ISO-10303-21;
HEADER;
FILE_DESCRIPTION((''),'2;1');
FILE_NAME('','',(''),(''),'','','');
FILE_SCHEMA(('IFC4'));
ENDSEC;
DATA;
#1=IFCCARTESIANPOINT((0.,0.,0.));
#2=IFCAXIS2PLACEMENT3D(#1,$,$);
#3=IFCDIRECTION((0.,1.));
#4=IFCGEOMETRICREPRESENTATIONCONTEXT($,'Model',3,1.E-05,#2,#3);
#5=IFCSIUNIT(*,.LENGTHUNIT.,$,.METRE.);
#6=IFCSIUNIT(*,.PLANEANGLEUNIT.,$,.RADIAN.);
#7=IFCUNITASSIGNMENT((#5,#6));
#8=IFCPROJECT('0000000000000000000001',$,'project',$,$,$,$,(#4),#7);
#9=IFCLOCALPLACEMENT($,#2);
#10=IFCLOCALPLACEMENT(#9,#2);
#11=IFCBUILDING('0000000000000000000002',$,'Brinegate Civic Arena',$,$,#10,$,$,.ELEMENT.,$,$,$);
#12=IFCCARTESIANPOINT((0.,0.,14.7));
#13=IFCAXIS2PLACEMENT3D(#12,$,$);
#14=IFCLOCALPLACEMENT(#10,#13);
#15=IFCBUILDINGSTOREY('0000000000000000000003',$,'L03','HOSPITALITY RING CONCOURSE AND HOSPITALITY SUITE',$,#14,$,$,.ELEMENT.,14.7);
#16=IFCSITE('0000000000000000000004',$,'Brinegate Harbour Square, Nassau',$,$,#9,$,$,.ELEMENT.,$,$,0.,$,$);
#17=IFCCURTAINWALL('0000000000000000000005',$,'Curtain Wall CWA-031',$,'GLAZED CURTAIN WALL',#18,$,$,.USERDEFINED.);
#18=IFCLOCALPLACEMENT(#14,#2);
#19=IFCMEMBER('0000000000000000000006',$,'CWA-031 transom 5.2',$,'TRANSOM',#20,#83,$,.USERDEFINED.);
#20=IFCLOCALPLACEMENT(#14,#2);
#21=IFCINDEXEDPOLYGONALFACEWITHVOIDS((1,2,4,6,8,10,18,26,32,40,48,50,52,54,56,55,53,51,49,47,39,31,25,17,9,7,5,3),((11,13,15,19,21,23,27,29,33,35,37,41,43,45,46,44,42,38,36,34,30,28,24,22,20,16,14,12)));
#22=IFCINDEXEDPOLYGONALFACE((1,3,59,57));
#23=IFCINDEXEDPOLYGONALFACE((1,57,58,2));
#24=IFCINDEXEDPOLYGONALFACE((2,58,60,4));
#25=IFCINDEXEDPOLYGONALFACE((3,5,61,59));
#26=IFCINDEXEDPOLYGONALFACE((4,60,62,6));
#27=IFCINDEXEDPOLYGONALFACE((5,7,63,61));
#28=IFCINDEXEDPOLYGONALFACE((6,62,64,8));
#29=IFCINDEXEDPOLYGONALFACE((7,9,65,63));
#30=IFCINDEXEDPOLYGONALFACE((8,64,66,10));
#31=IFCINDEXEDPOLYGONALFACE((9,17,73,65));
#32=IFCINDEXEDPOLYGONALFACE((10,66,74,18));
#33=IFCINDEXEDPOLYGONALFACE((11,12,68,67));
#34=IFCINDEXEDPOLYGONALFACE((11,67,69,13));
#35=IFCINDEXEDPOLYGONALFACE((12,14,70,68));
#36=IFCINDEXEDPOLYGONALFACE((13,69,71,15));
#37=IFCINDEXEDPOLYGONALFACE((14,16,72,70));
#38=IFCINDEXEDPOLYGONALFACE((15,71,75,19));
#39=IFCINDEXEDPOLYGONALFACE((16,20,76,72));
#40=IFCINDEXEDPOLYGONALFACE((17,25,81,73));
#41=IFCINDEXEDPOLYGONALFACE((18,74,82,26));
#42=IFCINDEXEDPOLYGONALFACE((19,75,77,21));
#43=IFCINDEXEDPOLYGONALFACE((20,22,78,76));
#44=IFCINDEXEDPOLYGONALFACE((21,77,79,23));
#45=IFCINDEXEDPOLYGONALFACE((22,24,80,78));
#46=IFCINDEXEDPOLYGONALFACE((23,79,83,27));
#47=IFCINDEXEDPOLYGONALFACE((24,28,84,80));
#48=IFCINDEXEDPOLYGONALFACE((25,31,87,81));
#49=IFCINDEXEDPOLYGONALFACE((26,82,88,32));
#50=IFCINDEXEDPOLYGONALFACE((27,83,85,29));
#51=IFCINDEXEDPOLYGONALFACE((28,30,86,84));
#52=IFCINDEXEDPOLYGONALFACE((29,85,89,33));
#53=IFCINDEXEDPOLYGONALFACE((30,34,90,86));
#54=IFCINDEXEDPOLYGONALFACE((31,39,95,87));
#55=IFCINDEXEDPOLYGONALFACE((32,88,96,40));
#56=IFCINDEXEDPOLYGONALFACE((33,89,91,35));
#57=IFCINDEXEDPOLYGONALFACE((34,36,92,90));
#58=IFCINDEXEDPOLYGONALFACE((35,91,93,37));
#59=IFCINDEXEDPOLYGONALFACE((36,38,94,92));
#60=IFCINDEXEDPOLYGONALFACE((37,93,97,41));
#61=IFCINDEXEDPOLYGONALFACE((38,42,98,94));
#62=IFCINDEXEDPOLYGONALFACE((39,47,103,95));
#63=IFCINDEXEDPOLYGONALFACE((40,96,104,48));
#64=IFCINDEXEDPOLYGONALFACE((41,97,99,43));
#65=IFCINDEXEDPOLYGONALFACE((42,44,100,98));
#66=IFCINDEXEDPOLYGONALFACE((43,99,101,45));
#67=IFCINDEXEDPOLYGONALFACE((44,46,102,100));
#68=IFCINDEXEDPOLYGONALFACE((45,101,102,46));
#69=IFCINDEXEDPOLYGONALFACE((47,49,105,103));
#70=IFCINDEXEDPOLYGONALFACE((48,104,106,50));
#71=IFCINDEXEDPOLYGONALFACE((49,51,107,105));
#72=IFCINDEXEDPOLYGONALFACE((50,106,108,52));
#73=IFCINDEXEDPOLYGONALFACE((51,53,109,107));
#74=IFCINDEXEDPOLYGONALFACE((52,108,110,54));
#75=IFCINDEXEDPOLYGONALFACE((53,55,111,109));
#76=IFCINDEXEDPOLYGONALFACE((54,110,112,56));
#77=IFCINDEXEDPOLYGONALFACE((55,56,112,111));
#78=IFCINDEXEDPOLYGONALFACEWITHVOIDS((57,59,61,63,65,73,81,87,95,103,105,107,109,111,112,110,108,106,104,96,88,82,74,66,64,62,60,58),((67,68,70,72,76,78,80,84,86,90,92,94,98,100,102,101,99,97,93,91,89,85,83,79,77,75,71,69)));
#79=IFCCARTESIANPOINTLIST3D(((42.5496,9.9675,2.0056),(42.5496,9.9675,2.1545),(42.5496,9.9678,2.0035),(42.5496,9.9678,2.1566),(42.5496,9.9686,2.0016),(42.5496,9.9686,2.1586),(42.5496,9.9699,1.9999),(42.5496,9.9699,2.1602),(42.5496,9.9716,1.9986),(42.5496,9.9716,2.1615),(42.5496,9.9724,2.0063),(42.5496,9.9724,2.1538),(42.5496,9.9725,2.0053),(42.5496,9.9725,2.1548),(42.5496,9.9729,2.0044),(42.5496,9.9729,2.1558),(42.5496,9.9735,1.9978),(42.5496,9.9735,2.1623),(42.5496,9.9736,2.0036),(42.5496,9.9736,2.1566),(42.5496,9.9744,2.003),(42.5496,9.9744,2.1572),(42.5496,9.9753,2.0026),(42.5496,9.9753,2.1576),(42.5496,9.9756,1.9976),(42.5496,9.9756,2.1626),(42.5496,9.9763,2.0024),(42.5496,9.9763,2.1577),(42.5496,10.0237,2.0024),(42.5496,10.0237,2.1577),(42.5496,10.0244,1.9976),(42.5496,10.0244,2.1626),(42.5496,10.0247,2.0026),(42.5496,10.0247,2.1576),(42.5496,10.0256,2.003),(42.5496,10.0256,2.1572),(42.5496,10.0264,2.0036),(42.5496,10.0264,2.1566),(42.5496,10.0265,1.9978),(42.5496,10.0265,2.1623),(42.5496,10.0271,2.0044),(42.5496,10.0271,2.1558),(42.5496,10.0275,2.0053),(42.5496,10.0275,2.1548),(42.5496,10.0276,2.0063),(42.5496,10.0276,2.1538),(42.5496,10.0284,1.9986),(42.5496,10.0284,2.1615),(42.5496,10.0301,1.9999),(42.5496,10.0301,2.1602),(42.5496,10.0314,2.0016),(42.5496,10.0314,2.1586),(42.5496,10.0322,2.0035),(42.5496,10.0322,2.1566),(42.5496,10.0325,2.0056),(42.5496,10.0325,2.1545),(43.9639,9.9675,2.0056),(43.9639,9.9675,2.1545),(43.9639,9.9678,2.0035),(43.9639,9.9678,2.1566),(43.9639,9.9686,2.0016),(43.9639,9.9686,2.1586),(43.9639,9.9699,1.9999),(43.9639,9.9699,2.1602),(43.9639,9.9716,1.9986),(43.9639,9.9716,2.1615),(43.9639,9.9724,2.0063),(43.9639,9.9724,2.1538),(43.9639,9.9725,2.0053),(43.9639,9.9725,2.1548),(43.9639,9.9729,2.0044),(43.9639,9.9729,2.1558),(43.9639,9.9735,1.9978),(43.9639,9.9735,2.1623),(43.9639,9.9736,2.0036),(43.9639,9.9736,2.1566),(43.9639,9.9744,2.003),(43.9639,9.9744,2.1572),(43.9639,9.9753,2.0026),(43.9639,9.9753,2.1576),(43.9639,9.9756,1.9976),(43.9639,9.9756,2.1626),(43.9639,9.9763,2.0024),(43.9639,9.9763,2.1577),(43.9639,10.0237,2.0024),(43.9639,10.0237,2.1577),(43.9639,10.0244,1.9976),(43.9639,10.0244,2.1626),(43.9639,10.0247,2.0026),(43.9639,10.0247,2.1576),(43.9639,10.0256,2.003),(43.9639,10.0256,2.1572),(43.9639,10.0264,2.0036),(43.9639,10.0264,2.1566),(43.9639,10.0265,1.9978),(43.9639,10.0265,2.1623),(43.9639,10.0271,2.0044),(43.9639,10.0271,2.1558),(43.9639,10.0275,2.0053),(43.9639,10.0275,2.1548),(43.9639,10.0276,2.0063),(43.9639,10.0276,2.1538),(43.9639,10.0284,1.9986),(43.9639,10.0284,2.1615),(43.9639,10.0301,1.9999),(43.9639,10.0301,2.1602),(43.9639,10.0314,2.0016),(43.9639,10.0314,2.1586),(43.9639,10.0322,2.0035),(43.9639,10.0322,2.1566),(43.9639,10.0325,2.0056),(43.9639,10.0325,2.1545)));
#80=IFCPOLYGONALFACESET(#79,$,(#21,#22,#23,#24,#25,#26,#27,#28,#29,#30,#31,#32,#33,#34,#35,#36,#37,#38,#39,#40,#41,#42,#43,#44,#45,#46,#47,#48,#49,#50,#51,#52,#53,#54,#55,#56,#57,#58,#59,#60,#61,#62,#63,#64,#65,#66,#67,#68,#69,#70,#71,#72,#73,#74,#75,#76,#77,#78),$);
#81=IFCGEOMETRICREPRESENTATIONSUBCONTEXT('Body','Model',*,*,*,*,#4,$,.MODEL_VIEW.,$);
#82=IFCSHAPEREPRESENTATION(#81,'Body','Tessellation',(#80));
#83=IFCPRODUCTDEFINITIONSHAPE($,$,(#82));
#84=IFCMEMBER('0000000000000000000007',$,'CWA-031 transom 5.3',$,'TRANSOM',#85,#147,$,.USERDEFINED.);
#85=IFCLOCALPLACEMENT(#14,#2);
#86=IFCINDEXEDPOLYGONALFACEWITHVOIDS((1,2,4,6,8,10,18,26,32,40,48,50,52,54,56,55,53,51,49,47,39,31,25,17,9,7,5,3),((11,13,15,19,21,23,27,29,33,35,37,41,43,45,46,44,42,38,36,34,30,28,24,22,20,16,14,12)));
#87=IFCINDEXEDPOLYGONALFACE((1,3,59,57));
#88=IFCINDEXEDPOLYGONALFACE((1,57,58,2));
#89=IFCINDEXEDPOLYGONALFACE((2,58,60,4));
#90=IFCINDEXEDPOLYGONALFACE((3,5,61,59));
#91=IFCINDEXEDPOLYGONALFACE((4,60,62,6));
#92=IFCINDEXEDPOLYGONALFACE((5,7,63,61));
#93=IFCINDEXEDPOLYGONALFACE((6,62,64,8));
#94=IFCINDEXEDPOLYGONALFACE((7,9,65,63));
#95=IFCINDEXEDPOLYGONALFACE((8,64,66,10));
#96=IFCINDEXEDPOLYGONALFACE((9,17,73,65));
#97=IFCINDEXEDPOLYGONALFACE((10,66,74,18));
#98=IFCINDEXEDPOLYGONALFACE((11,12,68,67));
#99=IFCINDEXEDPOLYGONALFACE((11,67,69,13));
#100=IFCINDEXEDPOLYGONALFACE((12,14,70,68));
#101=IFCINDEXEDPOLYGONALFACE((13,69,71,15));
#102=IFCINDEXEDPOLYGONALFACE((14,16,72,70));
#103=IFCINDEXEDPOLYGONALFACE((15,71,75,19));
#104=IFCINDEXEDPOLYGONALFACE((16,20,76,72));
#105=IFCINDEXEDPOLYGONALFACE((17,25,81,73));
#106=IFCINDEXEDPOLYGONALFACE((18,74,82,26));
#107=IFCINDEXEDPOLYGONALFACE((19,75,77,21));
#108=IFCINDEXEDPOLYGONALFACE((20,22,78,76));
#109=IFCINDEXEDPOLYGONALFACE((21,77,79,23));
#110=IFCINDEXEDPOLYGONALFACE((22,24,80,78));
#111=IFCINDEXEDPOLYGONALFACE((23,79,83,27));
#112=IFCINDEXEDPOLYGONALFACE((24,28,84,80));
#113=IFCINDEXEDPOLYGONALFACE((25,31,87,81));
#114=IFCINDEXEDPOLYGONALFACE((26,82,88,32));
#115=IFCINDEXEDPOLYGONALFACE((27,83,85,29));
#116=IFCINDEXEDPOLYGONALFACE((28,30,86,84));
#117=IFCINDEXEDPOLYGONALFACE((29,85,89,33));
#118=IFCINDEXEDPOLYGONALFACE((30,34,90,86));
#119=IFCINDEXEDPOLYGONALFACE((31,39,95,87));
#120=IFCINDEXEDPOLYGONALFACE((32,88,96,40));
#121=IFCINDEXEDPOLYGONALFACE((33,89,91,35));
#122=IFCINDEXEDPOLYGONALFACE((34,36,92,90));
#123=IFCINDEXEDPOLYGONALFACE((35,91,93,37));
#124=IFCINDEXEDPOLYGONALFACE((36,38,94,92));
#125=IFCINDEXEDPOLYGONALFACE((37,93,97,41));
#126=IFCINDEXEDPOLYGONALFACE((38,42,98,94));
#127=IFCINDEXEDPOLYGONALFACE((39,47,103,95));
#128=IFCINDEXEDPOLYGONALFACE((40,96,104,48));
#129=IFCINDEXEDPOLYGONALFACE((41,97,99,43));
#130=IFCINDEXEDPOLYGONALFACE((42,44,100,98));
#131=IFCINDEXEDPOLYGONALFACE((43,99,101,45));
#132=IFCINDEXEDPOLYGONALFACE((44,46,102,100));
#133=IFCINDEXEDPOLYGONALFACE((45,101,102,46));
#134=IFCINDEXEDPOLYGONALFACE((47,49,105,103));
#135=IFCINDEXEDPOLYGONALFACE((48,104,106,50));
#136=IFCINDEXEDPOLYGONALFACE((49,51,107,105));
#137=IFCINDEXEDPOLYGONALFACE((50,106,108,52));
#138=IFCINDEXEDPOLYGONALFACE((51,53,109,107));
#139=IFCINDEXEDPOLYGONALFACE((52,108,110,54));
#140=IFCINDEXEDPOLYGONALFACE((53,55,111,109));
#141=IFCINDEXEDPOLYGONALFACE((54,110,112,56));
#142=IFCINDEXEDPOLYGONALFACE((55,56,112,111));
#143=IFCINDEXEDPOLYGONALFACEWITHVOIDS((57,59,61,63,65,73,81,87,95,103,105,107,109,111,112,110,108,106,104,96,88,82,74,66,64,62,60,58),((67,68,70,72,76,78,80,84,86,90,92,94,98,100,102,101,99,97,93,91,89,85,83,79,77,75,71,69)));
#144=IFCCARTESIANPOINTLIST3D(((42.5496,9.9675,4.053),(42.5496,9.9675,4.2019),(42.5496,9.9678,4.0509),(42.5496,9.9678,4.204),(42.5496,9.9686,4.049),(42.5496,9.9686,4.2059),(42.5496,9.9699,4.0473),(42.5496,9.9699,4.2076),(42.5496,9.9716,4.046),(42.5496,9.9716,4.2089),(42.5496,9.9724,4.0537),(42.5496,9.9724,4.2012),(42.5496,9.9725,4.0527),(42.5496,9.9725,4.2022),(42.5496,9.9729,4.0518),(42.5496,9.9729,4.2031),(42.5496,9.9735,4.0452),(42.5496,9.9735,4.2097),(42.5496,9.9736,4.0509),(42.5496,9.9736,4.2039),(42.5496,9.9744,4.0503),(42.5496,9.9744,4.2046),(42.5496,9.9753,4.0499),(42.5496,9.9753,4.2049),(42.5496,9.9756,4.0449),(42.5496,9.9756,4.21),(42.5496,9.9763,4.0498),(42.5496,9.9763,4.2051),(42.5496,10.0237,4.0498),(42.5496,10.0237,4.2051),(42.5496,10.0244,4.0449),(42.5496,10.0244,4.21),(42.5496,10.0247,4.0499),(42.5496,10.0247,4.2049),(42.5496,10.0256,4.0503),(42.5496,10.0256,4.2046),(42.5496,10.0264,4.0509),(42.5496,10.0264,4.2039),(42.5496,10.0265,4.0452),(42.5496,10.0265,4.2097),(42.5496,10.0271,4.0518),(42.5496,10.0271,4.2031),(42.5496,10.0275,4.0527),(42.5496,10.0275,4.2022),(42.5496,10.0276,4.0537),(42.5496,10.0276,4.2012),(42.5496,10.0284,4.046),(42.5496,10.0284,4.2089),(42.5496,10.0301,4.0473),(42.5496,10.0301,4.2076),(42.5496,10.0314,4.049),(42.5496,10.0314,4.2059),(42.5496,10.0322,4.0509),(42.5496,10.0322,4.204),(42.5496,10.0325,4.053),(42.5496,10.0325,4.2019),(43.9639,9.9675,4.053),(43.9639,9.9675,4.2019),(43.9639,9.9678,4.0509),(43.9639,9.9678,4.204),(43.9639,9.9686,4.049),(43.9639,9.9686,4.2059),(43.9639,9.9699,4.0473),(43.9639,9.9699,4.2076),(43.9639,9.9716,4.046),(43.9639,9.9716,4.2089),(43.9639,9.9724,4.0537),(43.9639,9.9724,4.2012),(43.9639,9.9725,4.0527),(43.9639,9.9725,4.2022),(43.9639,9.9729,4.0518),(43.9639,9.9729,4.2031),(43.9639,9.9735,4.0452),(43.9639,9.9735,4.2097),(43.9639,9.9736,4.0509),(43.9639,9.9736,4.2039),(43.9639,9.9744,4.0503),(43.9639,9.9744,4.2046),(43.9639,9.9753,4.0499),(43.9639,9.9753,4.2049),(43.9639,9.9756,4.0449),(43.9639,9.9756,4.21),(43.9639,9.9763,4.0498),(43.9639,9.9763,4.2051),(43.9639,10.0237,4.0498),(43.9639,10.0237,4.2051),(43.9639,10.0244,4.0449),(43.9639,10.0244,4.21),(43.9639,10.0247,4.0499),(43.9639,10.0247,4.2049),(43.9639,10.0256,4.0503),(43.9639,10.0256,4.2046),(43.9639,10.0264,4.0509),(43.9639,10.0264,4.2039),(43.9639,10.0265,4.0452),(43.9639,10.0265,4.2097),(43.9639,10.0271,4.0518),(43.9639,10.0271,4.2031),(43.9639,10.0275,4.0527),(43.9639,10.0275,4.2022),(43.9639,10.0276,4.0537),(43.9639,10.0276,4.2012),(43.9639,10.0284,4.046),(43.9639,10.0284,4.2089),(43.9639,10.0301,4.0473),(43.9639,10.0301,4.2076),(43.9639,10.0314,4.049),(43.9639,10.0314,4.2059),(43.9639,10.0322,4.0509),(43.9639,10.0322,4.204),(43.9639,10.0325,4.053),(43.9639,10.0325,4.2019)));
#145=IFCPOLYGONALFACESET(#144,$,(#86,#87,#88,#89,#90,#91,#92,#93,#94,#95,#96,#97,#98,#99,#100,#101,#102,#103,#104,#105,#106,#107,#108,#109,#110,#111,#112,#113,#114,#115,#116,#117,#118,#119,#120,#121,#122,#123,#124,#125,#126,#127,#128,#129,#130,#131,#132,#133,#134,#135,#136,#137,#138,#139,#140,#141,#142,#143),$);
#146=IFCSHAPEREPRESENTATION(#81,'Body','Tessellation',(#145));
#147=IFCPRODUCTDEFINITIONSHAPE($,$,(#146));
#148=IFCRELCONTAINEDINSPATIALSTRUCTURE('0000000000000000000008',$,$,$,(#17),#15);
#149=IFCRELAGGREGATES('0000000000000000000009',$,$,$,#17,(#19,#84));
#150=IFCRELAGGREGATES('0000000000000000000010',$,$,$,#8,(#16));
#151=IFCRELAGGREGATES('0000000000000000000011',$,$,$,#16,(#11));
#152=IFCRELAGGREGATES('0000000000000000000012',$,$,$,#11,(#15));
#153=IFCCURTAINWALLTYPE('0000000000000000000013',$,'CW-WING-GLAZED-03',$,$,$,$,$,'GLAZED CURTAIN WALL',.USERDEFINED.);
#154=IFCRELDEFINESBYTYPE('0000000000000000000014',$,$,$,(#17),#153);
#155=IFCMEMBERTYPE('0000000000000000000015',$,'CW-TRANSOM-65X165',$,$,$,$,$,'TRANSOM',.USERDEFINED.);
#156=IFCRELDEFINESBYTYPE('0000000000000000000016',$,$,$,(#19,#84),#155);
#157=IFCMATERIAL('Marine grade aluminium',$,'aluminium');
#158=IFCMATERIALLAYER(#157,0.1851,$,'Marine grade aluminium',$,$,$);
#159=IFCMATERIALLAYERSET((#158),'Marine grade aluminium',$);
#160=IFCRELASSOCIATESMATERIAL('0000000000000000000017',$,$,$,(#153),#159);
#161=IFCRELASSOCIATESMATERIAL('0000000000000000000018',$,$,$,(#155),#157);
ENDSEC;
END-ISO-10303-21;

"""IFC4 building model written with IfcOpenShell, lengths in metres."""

from ifc_helpers import new_model, si_unit, direction, frame, origin, origin_2d, place, context, subcontext, project, spatial, hollow_rectangle, extrude, material, layer, layer_set, material_profile, profile_set, type_object, element, aggregate, save


model = new_model("IFC4")

# Units and contexts
model_context = context("Model", 3, precision=1e-05, world=origin(), true_north=direction((0.0, 1.0)))
body_context = subcontext(model_context, "Body", "Model", "MODEL_VIEW")
ifc_project = project(units=[si_unit("LENGTHUNIT", "METRE"), si_unit("PLANEANGLEUNIT", "RADIAN")], contexts=[model_context])

# Site, building, storey
site_placement = place(None, origin())
site = spatial("IfcSite", under=ifc_project, at=site_placement, Name="Brinegate Harbour Square, Nassau", CompositionType="ELEMENT", RefElevation=0.0)
building_placement = place(site_placement, origin())
building = spatial("IfcBuilding", under=site, at=building_placement, Name="Brinegate Civic Arena", CompositionType="ELEMENT")
storey_placement = place(building_placement, frame((0.0, 0.0, 14.7)))
storey = spatial("IfcBuildingStorey", under=building, at=storey_placement, Name="L03", Description="HOSPITALITY RING CONCOURSE AND HOSPITALITY SUITE", CompositionType="ELEMENT", Elevation=14.7)

# Curtain wall
ifc_material_1 = material(Name="Marine grade aluminium", Category="aluminium")
ifc_layer_1 = layer(ifc_material_1, 0.1851, Name="Marine grade aluminium")
ifc_layer_set_1 = layer_set([ifc_layer_1], Name="Marine grade aluminium")
curtain_wall_type = type_object("IfcCurtainWallType", Name="CW-WING-GLAZED-03", ElementType="GLAZED CURTAIN WALL", PredefinedType="USERDEFINED", material=ifc_layer_set_1)
curtain_wall_1_placement = place(storey_placement, origin())
curtain_wall_1 = element("IfcCurtainWall", 1, at=curtain_wall_1_placement, inside=storey, type_object=curtain_wall_type, Name="Curtain Wall CWA-031", ObjectType="GLAZED CURTAIN WALL", PredefinedType="USERDEFINED")

# Members
ifc_material_profile_1 = material_profile(ifc_material_1, hollow_rectangle(XDim=0.0649, YDim=0.165, WallThickness=0.0049, InnerFilletRadius=0.0039, OuterFilletRadius=0.0081, at=origin_2d()), Name="TRN65X165")
ifc_profile_set_1 = profile_set([ifc_material_profile_1], Name="Marine grade aluminium")
member_type_1 = type_object("IfcMemberType", Name="CW-TRANSOM-65X165", ElementType="TRANSOM", PredefinedType="USERDEFINED", material=ifc_profile_set_1)
member_1_placement = place(storey_placement, frame((42.5496, 10.0, 2.0801), z_axis=(1.0, 0.0, 0.0), x_axis=(0.0, 1.0, 0.0)))
member_1 = element("IfcMember", 2, at=member_1_placement, type_object=member_type_1, Name="CWA-031 transom 5.2", ObjectType="TRANSOM", PredefinedType="USERDEFINED", context=body_context, shape_type="SweptSolid", body=[
    extrude(hollow_rectangle(XDim=0.0649, YDim=0.165, WallThickness=0.0049, InnerFilletRadius=0.0039, OuterFilletRadius=0.0081, at=origin_2d()), origin(), (0.0, 0.0, 1.0), 1.4143),
])
member_2_placement = place(storey_placement, frame((42.5496, 10.0, 4.1274), z_axis=(1.0, 0.0, 0.0), x_axis=(0.0, 1.0, 0.0)))
member_2 = element("IfcMember", 3, at=member_2_placement, type_object=member_type_1, Name="CWA-031 transom 5.3", ObjectType="TRANSOM", PredefinedType="USERDEFINED", context=body_context, shape_type="SweptSolid", body=[
    extrude(hollow_rectangle(XDim=0.0649, YDim=0.165, WallThickness=0.0049, InnerFilletRadius=0.0039, OuterFilletRadius=0.0081, at=origin_2d()), origin(), (0.0, 0.0, 1.0), 1.4143),
])

aggregate(curtain_wall_1, [member_1, member_2])

save(model, "model.ifc")
